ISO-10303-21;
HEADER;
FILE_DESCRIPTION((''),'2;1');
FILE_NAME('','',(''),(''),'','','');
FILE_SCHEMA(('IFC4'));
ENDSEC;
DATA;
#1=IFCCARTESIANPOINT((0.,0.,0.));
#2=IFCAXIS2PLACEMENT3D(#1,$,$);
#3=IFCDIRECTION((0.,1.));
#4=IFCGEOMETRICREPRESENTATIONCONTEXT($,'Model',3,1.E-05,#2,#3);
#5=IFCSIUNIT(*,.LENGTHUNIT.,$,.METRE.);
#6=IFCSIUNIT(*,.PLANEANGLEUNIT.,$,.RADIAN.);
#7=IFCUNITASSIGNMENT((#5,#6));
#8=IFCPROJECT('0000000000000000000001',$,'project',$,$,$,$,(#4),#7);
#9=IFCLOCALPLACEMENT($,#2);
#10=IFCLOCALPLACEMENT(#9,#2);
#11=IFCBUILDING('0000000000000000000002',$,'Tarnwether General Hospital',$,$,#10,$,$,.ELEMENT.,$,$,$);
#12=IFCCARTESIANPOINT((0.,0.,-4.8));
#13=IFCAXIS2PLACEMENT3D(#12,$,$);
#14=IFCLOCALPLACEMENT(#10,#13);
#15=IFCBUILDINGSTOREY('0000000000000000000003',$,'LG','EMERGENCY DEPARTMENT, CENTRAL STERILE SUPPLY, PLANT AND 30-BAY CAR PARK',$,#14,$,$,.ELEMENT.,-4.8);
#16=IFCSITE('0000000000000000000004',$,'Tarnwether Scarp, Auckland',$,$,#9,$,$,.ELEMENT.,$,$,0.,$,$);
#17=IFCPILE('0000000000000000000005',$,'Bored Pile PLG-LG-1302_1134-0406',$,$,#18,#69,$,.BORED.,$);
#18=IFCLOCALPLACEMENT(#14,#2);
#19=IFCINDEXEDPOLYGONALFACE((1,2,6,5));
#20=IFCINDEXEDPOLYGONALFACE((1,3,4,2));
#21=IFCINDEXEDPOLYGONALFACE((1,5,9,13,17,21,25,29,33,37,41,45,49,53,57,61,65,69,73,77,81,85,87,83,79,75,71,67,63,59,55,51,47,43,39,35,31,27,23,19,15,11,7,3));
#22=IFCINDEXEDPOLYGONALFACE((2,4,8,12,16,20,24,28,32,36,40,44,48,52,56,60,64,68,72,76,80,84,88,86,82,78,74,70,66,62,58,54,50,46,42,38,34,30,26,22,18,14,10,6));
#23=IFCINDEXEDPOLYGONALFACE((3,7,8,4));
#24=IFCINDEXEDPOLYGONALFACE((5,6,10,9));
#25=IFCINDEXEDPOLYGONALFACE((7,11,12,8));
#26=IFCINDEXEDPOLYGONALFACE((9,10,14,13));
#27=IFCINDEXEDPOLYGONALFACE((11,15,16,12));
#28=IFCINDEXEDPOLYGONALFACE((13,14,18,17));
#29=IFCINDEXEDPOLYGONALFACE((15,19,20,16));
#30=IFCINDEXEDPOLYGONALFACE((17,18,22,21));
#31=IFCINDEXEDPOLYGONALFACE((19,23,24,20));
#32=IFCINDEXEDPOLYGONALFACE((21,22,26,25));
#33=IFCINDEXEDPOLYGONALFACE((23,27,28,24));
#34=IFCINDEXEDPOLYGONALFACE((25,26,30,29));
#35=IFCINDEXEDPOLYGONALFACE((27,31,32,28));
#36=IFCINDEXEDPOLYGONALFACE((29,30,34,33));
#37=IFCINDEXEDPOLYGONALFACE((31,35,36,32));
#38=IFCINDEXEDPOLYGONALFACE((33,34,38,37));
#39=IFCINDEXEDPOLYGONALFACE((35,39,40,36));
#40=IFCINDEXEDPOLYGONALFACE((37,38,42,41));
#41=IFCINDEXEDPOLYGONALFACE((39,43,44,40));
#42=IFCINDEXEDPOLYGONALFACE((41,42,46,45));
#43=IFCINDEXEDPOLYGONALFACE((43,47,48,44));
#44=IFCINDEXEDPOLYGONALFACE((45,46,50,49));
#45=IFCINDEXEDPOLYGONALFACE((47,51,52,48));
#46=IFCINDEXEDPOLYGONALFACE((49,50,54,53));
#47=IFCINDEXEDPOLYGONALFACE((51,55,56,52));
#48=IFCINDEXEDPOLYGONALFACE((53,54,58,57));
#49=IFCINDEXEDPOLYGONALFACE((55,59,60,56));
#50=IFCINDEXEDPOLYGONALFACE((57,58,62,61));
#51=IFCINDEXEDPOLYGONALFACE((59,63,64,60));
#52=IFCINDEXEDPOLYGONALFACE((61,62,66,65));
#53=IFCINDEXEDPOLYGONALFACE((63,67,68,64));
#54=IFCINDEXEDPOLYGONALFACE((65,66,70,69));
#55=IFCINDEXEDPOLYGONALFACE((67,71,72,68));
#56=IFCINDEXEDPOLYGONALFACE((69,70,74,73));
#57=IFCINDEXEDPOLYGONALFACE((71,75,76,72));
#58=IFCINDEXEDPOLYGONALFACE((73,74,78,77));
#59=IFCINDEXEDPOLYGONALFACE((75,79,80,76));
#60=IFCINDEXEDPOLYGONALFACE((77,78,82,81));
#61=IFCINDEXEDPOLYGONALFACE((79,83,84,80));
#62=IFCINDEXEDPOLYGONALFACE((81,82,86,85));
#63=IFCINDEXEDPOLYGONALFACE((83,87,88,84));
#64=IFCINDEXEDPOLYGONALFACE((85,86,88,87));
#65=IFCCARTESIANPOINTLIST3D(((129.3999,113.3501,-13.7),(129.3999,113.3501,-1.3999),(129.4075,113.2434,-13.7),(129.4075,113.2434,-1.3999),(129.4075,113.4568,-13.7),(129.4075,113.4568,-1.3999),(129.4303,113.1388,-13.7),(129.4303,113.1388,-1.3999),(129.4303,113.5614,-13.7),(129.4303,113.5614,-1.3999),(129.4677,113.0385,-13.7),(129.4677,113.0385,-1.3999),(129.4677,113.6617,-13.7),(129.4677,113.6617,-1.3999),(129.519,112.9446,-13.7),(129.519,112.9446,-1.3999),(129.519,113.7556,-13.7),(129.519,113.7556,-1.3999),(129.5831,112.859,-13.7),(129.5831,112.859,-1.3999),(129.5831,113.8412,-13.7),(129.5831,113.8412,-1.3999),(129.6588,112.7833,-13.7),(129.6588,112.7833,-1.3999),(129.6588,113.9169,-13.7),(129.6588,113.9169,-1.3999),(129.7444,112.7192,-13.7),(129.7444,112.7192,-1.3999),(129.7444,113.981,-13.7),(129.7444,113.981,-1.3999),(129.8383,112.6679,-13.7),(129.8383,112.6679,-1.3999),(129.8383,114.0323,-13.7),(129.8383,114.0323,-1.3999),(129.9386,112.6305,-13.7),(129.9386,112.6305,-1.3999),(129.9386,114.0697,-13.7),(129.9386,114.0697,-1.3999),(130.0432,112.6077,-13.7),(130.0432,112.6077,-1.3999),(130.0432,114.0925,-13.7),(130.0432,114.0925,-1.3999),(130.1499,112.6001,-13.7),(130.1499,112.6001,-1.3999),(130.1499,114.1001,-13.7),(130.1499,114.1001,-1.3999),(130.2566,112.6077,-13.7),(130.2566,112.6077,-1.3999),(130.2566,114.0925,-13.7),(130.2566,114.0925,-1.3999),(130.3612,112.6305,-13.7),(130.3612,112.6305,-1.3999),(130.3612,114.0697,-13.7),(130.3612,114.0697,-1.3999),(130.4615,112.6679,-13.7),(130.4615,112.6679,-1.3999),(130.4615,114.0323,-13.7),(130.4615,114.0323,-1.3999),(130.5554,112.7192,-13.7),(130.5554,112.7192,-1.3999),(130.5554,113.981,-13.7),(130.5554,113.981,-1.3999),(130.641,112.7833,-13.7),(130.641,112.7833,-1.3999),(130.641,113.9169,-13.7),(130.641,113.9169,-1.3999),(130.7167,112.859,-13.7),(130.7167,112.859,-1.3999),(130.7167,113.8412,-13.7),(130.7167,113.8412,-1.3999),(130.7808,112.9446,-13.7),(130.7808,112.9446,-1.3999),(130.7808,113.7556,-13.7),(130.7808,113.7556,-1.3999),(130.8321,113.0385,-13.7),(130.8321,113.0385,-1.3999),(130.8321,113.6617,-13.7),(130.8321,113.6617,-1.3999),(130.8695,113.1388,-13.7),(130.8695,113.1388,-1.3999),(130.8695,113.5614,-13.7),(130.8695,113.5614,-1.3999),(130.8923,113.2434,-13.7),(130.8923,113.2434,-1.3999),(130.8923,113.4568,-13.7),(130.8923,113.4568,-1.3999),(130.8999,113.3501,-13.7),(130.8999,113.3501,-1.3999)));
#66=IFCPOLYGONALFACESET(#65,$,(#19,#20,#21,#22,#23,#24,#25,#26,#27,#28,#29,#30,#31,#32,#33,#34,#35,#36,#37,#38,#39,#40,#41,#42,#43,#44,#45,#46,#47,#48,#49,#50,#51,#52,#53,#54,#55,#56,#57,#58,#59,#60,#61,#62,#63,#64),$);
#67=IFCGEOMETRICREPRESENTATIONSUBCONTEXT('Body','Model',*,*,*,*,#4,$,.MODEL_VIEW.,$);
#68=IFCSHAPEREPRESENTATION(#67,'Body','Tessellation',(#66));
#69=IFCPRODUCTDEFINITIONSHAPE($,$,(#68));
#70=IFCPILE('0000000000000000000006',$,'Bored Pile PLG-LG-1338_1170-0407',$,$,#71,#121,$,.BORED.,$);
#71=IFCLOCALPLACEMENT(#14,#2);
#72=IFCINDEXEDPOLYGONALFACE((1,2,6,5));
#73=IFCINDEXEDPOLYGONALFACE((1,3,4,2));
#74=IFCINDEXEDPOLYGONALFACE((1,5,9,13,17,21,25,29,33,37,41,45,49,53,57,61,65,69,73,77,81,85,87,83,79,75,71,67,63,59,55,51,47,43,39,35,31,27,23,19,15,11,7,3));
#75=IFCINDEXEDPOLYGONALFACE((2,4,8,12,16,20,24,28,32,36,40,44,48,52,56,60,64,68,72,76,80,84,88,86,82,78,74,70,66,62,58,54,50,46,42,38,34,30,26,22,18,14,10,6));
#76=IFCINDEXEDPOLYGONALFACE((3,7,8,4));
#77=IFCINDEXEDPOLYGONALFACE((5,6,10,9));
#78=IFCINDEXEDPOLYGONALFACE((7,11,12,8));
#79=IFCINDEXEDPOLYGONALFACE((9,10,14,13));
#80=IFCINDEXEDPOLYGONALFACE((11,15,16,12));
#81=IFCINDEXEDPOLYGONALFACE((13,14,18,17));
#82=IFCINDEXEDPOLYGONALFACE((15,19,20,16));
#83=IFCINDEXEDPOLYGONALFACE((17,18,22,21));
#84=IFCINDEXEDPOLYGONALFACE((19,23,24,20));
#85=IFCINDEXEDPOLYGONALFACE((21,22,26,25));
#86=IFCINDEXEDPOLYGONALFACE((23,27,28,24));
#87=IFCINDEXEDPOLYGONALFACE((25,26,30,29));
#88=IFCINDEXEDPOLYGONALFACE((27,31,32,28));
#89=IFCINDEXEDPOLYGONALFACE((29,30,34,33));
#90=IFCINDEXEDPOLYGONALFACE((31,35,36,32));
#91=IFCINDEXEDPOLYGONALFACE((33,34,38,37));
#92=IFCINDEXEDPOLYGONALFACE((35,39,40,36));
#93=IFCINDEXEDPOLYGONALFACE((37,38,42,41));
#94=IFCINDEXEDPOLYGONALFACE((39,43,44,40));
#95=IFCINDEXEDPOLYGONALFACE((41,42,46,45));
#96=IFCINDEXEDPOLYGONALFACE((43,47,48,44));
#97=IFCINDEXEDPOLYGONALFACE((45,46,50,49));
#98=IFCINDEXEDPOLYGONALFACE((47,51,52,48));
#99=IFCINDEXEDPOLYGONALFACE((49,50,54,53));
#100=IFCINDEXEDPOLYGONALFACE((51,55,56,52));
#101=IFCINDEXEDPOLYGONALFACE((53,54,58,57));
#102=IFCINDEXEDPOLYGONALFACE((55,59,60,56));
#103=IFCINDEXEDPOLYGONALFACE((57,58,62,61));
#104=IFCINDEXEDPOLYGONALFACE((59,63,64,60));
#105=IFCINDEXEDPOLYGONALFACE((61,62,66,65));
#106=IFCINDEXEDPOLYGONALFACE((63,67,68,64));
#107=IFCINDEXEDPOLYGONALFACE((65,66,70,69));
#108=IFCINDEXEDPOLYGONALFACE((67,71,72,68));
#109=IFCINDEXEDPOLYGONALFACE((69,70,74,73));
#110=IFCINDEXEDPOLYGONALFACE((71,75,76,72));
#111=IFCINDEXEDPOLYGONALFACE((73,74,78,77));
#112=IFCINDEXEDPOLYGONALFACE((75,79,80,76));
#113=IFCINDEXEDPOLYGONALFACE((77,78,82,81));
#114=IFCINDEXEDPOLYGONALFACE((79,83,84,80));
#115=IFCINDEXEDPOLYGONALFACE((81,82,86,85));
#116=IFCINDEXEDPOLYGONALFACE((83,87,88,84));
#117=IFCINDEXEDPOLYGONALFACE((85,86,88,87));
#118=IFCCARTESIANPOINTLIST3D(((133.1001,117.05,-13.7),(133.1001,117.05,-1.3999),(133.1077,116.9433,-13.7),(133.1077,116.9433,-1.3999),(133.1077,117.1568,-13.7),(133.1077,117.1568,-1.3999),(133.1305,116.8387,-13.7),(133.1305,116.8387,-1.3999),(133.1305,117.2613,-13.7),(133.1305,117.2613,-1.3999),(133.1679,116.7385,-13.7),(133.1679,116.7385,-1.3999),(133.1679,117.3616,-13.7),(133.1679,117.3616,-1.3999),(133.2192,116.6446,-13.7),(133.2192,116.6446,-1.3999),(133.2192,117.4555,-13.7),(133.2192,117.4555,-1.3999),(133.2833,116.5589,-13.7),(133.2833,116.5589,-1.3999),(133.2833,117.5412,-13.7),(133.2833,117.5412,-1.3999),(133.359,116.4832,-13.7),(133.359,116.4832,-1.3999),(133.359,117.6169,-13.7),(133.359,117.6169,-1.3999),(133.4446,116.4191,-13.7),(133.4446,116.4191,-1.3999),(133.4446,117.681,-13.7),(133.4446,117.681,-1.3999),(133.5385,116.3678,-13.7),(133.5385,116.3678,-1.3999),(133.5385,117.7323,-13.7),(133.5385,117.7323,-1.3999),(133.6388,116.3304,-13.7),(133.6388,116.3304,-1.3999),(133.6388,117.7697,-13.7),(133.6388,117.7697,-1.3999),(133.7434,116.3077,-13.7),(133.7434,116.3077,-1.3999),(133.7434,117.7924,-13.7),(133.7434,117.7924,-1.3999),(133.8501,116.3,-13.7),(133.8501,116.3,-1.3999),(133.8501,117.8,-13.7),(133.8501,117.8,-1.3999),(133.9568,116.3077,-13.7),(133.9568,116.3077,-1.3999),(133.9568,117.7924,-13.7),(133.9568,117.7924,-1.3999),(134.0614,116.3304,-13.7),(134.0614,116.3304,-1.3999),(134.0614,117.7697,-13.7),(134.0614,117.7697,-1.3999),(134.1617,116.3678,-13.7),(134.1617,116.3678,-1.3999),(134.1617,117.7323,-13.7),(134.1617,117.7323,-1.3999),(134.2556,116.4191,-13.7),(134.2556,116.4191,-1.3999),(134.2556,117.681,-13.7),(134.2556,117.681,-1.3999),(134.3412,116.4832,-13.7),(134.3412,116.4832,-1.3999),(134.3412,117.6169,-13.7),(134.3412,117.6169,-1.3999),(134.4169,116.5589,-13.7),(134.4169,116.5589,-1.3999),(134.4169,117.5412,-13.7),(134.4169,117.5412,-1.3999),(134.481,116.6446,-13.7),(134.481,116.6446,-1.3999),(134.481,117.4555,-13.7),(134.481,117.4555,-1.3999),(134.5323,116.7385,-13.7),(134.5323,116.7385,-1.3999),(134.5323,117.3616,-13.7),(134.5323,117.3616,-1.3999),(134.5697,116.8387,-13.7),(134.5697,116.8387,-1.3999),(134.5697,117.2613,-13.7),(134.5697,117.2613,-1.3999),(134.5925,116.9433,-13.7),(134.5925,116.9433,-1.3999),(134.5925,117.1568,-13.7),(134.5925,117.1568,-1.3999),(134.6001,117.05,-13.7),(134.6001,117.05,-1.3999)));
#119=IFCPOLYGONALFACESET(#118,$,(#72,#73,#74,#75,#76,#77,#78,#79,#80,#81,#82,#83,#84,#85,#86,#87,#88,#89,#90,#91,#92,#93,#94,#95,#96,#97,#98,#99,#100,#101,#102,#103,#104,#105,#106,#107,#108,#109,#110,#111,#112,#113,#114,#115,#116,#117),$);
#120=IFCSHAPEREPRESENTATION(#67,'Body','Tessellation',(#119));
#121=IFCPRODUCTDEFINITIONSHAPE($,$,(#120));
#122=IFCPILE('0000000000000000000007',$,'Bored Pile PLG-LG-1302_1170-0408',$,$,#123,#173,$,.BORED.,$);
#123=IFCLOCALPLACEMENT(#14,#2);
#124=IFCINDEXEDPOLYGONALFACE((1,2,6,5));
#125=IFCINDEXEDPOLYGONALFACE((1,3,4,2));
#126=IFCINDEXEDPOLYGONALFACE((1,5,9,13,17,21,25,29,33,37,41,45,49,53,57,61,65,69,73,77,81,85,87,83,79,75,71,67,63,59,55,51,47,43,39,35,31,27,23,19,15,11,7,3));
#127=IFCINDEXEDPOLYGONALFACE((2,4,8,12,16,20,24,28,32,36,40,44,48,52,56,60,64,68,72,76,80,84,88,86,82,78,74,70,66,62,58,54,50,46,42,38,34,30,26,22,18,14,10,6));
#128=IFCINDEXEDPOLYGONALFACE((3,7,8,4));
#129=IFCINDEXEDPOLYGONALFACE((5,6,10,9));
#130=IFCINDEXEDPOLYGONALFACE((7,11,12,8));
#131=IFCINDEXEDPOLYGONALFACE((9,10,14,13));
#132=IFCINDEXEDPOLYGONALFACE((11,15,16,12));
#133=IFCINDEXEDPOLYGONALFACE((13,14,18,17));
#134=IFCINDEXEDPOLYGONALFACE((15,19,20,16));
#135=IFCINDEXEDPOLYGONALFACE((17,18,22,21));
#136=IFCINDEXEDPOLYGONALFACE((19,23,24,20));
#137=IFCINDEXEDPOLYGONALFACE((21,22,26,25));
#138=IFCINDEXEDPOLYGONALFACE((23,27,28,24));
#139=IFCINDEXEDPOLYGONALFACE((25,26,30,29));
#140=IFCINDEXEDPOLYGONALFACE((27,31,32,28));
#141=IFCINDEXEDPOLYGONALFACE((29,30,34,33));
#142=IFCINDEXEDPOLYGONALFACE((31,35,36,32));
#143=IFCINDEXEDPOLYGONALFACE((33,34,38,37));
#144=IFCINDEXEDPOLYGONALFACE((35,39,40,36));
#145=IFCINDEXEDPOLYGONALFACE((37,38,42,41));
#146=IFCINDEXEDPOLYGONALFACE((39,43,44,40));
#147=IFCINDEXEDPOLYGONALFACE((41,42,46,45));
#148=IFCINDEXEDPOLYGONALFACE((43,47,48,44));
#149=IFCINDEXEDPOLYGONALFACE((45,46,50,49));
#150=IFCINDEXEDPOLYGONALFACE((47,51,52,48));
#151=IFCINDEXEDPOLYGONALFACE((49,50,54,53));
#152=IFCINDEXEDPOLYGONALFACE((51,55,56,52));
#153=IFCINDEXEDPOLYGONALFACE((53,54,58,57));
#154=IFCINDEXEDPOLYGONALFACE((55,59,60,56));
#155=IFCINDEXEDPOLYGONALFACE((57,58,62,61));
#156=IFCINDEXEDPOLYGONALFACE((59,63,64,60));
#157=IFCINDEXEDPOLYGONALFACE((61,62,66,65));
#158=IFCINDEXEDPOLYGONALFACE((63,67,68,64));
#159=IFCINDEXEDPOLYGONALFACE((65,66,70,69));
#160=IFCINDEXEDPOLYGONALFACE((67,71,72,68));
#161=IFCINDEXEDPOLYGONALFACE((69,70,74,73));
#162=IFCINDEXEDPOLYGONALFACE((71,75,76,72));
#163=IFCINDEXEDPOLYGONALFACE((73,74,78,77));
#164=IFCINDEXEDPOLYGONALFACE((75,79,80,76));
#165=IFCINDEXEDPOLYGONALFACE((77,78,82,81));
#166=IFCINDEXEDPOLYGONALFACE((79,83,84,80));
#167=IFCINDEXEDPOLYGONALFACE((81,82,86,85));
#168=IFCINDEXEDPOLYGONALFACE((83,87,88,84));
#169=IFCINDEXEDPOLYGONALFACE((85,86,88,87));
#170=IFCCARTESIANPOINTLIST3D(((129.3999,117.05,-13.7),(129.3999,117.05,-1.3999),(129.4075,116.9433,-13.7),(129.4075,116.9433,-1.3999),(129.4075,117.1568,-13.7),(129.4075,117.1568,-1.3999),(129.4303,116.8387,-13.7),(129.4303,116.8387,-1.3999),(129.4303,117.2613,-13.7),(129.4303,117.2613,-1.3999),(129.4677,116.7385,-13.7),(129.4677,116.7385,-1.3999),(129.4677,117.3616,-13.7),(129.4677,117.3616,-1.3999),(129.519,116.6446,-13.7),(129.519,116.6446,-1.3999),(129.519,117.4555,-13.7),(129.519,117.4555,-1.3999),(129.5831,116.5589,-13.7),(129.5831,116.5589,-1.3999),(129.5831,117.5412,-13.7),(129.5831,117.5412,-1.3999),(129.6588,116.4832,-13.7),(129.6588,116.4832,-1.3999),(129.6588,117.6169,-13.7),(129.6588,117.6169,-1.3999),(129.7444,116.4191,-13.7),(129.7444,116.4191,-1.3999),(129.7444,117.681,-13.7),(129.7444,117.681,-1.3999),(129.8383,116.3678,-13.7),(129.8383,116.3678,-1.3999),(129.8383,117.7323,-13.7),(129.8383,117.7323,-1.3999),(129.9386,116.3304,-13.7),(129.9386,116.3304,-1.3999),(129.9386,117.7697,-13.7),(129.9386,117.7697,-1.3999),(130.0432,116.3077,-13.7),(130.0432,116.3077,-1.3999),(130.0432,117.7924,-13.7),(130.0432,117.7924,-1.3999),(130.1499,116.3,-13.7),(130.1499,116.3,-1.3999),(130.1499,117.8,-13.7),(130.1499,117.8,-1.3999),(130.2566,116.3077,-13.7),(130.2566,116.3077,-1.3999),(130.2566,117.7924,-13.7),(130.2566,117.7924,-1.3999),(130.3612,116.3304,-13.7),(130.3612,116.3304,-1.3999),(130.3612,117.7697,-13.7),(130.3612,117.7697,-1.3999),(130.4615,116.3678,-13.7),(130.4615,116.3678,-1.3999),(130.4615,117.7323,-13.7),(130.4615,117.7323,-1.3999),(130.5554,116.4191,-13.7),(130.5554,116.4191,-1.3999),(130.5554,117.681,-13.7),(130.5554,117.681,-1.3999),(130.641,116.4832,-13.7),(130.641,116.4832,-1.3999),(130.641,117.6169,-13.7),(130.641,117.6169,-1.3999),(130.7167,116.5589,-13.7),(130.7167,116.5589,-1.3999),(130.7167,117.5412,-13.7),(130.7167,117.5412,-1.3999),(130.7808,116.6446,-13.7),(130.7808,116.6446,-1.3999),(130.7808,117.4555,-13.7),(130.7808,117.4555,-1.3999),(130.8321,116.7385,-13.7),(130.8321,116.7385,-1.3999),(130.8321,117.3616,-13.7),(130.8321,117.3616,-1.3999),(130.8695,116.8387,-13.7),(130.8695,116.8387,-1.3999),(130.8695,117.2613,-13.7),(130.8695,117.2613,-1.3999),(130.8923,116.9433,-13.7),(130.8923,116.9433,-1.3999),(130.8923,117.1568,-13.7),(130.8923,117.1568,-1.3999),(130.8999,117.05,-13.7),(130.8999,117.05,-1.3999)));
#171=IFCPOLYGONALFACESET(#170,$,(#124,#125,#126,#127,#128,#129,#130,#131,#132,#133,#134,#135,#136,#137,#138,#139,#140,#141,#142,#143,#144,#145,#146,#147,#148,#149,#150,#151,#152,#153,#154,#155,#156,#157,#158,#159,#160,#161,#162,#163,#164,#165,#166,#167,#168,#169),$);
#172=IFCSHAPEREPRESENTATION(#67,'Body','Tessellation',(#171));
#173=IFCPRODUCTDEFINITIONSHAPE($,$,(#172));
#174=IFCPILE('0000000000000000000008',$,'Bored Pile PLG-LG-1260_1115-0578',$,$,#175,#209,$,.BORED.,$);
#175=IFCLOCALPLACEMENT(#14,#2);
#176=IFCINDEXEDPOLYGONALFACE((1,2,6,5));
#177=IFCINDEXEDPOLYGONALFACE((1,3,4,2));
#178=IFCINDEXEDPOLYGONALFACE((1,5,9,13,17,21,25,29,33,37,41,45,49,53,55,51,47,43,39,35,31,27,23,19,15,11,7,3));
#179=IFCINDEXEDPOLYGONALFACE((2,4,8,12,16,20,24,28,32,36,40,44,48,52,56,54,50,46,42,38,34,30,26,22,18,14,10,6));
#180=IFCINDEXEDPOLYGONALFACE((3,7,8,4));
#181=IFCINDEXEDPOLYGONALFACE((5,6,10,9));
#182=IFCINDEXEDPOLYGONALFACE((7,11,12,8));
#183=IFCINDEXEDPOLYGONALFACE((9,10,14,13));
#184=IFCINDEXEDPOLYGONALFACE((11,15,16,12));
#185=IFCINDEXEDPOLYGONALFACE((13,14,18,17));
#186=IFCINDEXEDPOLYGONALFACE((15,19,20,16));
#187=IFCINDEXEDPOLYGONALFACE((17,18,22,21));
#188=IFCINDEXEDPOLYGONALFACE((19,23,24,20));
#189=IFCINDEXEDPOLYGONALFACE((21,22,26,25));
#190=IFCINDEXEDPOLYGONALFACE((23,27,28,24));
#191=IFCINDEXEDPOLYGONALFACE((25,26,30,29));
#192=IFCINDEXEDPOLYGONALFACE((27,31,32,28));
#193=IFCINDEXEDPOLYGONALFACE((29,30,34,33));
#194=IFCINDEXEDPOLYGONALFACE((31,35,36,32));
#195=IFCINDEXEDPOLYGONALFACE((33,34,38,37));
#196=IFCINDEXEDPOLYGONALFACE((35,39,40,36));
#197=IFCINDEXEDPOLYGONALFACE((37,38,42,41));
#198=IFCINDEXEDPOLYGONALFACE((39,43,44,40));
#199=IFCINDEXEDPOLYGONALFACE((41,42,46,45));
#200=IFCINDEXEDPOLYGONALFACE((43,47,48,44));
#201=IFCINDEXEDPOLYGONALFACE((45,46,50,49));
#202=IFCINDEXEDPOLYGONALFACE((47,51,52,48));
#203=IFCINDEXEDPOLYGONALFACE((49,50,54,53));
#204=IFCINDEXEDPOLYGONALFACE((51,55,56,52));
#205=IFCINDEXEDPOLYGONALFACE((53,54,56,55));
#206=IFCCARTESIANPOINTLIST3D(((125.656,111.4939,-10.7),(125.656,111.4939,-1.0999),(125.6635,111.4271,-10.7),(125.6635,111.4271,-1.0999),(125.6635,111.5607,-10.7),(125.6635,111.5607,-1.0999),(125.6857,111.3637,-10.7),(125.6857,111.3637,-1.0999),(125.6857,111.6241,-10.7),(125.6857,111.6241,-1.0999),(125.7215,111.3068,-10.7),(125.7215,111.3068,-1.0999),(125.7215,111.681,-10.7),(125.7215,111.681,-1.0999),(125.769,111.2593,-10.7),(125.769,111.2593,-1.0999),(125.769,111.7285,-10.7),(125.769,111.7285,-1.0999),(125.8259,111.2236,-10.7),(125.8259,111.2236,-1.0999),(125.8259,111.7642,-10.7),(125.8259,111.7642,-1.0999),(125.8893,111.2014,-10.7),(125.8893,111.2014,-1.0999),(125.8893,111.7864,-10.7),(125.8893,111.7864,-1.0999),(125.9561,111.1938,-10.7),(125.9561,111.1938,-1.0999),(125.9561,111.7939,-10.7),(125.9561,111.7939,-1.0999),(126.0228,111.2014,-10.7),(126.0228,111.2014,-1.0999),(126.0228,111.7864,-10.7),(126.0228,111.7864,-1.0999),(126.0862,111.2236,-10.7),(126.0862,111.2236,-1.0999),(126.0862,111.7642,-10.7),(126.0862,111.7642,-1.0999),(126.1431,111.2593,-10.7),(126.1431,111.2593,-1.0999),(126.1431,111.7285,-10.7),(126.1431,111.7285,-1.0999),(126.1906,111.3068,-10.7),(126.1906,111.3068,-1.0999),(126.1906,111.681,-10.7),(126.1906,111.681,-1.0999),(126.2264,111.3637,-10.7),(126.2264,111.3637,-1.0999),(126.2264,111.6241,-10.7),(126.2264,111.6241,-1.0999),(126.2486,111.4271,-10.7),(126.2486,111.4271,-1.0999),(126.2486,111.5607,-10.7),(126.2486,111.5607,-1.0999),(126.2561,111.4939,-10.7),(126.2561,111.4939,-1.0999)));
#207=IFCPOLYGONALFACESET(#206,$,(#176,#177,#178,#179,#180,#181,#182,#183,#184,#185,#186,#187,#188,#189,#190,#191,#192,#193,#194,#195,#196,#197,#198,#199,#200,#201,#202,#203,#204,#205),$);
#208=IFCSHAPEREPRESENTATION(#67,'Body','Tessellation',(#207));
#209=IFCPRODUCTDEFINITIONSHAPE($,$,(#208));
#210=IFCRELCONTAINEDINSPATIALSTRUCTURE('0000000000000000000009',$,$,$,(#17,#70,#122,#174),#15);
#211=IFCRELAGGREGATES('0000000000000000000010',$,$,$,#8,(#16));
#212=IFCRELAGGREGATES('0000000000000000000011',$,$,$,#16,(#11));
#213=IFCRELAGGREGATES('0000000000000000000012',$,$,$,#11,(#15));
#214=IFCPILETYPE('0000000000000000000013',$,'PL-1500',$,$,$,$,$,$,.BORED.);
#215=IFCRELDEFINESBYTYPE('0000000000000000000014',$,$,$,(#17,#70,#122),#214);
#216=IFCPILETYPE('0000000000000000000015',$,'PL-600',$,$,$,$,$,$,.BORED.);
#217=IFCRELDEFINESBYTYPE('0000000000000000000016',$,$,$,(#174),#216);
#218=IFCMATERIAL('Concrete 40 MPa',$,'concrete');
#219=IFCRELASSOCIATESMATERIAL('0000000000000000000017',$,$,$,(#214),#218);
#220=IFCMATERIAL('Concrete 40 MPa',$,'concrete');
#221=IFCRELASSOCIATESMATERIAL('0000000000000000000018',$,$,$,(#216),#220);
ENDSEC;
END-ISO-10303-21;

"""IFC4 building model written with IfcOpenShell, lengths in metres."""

from ifc_helpers import new_model, si_unit, direction, frame, origin, origin_2d, place, context, subcontext, project, spatial, circle, extrude, material, material_profile, profile_set, type_object, element, save


model = new_model("IFC4")

# Units and contexts
model_context = context("Model", 3, precision=1e-05, world=origin(), true_north=direction((0.0, 1.0)))
body_context = subcontext(model_context, "Body", "Model", "MODEL_VIEW")
ifc_project = project(units=[si_unit("LENGTHUNIT", "METRE"), si_unit("PLANEANGLEUNIT", "RADIAN")], contexts=[model_context])

# Site, building, storey
site_placement = place(None, origin())
site = spatial("IfcSite", under=ifc_project, at=site_placement, Name="Tarnwether Scarp, Auckland", CompositionType="ELEMENT", RefElevation=0.0)
building_placement = place(site_placement, origin())
building = spatial("IfcBuilding", under=site, at=building_placement, Name="Tarnwether General Hospital", CompositionType="ELEMENT")
storey_placement = place(building_placement, frame((0.0, 0.0, -4.8)))
storey = spatial("IfcBuildingStorey", under=building, at=storey_placement, Name="LG", Description="EMERGENCY DEPARTMENT, CENTRAL STERILE SUPPLY, PLANT AND 30-BAY CAR PARK", CompositionType="ELEMENT", Elevation=-4.8)

# Piles
ifc_material_1 = material(Name="Concrete 40 MPa", Category="concrete")
ifc_material_profile_1 = material_profile(ifc_material_1, circle(Radius=0.75, at=origin_2d()), Name="PILE-D1500")
ifc_profile_set_1 = profile_set([ifc_material_profile_1], Name="Concrete 40 MPa")
pile_type_1 = type_object("IfcPileType", Name="PL-1500", PredefinedType="BORED", material=ifc_profile_set_1)
for number, where, z_axis, x_axis, name in (
    (1, (130.1499, 113.3501, -1.3999), (0.0, 0.0, -1.0), (1.0, 0.0, 0.0), "Bored Pile PLG-LG-1302_1134-0406"),
    (2, (133.8501, 117.05, -1.3999), (0.0, 0.0, -1.0), (1.0, 0.0, 0.0), "Bored Pile PLG-LG-1338_1170-0407"),
    (3, (130.1499, 117.05, -1.3999), (0.0, 0.0, -1.0), (1.0, 0.0, 0.0), "Bored Pile PLG-LG-1302_1170-0408"),
):
    element("IfcPile", number, at=place(storey_placement, frame(where, z_axis=z_axis, x_axis=x_axis)), inside=storey, type_object=pile_type_1, Name=name, PredefinedType="BORED", context=body_context, shape_type="SweptSolid", body=[
        extrude(circle(Radius=0.75, at=origin_2d()), origin(), (0.0, 0.0, 1.0), 12.3),
    ])
ifc_material_2 = material(Name="Concrete 40 MPa", Category="concrete")
ifc_material_profile_2 = material_profile(ifc_material_2, circle(Radius=0.3, at=origin_2d()), Name="PILE-D600")
ifc_profile_set_2 = profile_set([ifc_material_profile_2], Name="Concrete 40 MPa")
pile_type_2 = type_object("IfcPileType", Name="PL-600", PredefinedType="BORED", material=ifc_profile_set_2)
pile_placement = place(storey_placement, frame((125.9561, 111.4939, -1.0999), z_axis=(0.0, 0.0, -1.0), x_axis=(1.0, 0.0, 0.0)))
element("IfcPile", 4, at=pile_placement, inside=storey, type_object=pile_type_2, Name="Bored Pile PLG-LG-1260_1115-0578", PredefinedType="BORED", context=body_context, shape_type="SweptSolid", body=[
    extrude(circle(Radius=0.3, at=origin_2d()), origin(), (0.0, 0.0, 1.0), 9.6001),
])

save(model, "model.ifc")
